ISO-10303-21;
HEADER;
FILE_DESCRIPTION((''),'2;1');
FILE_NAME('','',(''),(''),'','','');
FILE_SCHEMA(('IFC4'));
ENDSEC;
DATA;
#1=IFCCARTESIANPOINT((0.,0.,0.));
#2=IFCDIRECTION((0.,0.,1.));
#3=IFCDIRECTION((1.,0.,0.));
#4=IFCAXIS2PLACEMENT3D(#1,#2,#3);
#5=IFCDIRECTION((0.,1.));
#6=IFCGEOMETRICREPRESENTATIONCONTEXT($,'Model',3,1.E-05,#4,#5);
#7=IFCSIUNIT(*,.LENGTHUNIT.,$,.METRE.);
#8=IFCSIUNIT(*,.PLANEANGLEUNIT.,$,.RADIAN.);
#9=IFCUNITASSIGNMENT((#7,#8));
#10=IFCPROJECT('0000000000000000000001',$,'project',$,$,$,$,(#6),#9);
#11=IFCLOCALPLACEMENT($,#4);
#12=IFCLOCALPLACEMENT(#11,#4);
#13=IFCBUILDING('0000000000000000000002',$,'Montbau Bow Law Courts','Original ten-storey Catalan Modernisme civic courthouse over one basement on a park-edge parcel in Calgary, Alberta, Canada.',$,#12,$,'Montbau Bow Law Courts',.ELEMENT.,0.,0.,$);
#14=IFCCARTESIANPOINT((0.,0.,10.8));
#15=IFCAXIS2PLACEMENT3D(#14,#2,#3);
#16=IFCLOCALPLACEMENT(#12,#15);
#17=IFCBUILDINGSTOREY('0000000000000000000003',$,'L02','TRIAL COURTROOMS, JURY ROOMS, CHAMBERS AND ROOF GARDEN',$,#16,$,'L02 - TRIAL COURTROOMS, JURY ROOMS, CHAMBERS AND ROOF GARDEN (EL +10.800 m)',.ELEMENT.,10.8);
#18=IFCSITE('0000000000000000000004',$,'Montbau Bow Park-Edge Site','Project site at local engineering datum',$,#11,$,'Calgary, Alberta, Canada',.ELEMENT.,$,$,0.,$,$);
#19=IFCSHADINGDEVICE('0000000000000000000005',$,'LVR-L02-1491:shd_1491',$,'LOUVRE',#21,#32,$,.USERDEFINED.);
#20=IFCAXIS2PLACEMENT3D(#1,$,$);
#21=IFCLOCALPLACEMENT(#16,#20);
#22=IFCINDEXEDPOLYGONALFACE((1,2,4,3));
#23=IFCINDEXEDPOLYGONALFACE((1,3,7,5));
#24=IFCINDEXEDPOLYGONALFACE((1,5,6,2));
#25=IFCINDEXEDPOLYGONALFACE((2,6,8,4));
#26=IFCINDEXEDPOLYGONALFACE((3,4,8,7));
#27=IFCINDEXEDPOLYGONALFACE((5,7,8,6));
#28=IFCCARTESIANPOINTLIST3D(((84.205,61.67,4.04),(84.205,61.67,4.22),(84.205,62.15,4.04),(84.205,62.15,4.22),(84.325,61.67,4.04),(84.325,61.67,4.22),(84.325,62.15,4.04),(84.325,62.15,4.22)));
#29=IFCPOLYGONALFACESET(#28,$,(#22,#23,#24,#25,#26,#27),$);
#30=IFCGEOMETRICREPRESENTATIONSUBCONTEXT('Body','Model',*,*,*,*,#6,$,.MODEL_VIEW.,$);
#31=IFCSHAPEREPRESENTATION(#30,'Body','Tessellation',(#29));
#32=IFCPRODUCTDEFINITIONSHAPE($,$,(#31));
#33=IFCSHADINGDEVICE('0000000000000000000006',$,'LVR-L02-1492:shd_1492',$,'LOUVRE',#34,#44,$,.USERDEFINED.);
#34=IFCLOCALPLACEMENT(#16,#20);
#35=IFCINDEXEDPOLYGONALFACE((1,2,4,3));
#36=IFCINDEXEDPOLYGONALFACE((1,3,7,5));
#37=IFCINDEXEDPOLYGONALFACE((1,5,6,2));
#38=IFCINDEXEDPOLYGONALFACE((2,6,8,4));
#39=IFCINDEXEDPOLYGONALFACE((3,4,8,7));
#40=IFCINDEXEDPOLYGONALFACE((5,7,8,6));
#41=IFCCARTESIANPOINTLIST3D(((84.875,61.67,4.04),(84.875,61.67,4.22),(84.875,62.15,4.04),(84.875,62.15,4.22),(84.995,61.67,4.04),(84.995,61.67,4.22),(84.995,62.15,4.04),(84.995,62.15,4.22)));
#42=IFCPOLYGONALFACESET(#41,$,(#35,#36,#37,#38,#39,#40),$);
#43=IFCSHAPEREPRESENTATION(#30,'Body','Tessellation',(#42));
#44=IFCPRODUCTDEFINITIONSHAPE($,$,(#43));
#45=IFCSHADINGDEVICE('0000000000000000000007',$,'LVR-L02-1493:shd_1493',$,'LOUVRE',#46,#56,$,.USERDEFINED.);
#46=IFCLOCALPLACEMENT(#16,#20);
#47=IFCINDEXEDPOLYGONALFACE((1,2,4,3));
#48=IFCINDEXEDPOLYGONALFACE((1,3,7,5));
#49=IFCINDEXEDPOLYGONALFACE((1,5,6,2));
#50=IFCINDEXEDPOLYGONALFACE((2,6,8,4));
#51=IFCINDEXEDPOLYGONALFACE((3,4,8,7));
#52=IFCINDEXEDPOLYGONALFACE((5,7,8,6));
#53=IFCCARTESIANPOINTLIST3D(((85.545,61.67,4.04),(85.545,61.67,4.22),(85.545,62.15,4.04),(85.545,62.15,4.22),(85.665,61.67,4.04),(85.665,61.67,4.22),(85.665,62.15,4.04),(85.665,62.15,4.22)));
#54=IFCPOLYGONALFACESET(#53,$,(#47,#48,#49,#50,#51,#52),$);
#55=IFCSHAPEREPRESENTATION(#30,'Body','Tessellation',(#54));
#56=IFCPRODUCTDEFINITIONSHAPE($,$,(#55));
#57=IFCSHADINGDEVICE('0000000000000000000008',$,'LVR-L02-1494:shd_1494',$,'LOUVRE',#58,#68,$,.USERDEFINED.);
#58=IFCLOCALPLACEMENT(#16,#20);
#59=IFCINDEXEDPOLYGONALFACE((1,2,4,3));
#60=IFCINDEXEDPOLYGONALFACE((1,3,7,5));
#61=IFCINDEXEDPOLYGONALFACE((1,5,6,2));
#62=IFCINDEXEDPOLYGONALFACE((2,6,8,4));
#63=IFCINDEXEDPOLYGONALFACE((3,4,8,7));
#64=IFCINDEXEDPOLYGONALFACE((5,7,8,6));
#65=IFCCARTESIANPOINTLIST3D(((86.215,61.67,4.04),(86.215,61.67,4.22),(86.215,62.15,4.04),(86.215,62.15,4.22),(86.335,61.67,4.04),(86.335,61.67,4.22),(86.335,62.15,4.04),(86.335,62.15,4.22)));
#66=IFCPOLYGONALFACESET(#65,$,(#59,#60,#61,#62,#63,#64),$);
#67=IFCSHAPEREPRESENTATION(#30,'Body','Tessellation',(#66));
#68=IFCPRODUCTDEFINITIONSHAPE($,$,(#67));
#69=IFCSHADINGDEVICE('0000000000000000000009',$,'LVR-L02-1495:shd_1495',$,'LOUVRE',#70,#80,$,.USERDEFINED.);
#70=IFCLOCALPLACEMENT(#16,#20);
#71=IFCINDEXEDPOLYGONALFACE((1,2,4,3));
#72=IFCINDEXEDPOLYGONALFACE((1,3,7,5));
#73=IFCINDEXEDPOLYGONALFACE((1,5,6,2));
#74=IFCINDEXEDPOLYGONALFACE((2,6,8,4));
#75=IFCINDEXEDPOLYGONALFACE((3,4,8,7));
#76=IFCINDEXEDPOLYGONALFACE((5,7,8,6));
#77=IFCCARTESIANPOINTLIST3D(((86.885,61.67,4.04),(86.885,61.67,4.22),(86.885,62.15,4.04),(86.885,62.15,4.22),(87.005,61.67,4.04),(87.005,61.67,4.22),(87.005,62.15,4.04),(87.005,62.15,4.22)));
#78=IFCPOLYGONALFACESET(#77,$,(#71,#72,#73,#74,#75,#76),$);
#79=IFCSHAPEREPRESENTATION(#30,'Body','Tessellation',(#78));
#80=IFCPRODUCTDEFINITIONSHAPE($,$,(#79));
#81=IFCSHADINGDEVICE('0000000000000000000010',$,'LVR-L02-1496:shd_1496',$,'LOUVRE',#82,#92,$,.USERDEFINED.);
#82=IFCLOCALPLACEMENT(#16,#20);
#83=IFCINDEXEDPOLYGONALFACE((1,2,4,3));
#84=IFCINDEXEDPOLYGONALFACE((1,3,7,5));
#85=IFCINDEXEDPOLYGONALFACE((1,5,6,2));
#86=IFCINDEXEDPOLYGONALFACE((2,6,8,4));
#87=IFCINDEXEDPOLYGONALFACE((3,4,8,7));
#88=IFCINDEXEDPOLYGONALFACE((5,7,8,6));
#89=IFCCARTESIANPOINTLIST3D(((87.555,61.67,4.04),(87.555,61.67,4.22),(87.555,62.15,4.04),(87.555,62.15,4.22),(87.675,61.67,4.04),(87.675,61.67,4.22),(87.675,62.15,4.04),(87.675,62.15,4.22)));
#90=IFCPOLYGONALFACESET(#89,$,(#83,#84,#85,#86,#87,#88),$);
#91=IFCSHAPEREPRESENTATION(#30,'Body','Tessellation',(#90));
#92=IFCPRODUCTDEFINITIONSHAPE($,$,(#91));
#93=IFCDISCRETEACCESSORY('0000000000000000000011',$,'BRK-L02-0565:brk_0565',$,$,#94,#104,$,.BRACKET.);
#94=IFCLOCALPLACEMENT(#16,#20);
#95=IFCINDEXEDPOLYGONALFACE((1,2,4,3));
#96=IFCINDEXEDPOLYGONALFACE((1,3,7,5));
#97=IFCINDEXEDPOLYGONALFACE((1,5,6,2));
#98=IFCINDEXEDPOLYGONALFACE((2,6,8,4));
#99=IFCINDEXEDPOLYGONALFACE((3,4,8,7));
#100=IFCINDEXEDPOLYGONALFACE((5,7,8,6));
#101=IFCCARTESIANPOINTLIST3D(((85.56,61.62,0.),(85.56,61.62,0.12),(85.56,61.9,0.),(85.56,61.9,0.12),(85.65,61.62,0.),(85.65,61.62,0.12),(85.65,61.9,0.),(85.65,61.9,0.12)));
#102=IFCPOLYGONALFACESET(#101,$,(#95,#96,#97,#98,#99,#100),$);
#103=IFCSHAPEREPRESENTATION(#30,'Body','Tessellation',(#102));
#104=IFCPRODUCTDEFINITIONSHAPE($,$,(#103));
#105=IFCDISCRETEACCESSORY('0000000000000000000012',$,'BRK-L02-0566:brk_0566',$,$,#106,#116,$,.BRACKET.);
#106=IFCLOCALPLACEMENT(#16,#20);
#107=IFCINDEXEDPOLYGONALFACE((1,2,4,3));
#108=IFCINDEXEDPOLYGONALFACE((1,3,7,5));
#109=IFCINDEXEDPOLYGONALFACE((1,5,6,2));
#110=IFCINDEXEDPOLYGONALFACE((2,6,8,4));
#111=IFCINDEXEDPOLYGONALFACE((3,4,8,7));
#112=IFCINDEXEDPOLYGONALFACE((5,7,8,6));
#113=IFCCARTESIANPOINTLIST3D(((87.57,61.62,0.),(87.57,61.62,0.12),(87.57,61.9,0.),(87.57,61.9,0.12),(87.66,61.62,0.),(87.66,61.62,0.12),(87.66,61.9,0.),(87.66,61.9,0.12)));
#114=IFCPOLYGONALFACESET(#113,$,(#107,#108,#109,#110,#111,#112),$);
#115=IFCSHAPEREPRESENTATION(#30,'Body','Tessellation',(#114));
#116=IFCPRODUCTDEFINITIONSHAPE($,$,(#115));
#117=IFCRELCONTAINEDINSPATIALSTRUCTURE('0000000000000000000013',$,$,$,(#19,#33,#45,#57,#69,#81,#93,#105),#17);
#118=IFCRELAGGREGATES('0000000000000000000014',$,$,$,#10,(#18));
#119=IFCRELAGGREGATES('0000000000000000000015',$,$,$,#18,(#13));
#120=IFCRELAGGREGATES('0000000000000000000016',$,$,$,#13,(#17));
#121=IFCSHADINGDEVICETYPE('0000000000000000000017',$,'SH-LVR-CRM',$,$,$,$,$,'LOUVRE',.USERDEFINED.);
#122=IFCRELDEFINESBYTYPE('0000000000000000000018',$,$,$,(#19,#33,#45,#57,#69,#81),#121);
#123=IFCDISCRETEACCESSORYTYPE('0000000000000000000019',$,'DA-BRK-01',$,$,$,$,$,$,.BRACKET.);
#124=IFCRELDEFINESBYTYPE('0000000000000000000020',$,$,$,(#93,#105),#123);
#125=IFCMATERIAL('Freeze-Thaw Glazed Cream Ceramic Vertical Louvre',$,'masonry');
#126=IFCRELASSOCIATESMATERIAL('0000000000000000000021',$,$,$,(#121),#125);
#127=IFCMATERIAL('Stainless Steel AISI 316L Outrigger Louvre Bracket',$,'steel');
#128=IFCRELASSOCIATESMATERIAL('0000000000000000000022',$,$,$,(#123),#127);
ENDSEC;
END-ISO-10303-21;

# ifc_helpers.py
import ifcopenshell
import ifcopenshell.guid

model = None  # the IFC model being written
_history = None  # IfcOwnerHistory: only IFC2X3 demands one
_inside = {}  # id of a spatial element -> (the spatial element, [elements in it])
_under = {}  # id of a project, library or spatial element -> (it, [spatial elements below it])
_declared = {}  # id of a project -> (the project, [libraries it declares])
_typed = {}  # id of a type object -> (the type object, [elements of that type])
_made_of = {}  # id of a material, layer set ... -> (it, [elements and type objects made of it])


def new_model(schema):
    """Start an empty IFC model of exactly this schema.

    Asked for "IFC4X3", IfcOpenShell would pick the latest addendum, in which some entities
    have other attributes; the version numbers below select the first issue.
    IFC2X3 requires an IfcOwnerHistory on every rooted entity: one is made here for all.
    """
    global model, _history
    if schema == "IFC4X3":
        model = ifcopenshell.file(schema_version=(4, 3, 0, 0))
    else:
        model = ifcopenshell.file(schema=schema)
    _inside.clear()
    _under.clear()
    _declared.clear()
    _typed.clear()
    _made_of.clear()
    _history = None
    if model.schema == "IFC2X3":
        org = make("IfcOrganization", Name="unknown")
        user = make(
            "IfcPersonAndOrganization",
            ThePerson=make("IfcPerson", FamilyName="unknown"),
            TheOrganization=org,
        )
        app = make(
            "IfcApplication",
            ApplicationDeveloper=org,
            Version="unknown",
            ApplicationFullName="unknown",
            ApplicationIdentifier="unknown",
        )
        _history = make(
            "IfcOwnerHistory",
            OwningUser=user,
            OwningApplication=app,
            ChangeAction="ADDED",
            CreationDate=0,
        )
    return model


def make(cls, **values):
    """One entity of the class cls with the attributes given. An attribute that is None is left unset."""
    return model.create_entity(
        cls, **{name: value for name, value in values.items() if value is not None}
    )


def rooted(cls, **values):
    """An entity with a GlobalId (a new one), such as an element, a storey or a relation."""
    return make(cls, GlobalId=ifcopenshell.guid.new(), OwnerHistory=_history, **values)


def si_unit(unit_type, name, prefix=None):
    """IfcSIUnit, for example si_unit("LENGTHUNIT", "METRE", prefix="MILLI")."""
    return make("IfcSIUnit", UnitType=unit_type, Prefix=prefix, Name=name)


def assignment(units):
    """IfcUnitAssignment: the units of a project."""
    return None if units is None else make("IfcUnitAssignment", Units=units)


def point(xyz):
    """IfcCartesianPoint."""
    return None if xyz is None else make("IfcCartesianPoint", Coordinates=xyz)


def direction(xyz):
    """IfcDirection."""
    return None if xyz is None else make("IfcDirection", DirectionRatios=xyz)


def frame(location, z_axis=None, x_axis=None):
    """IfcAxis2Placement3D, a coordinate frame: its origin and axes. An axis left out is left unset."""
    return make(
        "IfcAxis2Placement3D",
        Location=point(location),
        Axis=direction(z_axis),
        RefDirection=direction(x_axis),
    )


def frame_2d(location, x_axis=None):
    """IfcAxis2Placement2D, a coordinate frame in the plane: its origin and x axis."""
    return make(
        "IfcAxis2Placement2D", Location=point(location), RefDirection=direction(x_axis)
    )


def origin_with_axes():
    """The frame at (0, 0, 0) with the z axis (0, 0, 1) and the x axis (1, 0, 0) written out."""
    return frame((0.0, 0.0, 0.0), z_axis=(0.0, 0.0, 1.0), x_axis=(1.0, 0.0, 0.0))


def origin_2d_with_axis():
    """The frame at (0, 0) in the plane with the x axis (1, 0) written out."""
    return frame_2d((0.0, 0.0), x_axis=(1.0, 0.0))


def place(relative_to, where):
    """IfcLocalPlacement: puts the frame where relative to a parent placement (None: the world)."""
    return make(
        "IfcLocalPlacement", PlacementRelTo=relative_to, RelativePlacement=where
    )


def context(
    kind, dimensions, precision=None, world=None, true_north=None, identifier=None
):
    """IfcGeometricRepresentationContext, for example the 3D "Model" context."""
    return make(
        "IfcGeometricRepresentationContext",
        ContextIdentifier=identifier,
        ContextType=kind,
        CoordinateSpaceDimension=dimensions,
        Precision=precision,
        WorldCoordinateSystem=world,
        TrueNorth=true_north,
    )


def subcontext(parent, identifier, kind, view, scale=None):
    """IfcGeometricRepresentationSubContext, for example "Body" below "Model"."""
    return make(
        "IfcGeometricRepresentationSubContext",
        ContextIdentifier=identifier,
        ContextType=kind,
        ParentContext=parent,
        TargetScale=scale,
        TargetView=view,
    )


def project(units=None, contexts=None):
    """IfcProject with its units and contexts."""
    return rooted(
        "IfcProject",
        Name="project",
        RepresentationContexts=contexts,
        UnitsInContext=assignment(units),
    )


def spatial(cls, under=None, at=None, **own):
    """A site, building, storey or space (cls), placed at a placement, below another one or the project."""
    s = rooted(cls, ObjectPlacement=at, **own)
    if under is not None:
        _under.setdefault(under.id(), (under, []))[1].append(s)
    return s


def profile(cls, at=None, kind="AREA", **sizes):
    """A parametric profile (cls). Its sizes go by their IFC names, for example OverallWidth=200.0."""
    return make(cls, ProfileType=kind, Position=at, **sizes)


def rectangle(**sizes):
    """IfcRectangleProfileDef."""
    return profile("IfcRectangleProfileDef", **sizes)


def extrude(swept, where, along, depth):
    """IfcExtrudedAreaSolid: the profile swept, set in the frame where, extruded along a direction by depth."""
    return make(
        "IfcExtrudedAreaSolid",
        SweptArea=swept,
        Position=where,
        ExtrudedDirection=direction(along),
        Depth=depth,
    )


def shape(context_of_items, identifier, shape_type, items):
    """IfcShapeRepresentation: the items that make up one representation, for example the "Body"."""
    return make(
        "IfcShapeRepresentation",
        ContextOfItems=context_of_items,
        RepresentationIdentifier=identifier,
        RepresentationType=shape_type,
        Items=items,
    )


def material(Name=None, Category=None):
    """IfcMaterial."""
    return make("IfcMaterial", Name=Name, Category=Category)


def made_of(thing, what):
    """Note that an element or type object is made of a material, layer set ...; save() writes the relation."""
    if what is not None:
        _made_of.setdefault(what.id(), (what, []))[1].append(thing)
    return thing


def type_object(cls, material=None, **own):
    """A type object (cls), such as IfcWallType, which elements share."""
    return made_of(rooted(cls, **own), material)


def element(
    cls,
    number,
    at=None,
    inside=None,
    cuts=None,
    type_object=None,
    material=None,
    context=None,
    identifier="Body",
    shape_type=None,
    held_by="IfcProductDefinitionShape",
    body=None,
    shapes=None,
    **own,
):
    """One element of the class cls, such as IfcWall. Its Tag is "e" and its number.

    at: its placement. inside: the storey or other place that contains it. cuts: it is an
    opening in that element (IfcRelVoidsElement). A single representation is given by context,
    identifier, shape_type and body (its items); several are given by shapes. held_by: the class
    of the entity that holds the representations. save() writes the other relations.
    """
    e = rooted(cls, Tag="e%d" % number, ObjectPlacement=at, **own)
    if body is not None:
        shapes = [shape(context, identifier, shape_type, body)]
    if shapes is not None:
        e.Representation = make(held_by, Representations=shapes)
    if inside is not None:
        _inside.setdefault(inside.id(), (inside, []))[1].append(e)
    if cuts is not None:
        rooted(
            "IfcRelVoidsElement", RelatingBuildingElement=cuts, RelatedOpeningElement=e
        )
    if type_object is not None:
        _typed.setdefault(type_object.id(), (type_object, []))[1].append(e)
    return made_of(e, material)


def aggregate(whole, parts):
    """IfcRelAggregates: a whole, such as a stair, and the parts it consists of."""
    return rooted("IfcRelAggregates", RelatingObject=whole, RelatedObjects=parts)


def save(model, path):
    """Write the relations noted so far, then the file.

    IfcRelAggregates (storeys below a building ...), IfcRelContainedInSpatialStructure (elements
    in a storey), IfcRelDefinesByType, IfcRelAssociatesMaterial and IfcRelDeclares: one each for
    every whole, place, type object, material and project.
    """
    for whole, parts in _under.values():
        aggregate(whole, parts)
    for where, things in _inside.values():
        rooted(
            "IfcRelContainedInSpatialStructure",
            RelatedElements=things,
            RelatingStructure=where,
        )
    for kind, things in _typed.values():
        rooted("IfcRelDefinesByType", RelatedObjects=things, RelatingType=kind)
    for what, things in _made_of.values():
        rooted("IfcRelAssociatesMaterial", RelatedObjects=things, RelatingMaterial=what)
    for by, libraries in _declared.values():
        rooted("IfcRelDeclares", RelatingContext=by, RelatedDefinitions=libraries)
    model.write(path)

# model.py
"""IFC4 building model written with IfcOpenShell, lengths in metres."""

from ifc_helpers import new_model, si_unit, direction, frame, origin_with_axes, origin_2d_with_axis, place, context, subcontext, project, spatial, rectangle, extrude, material, type_object, element, save


model = new_model("IFC4")

# Units and contexts
model_context = context("Model", 3, precision=1e-05, world=origin_with_axes(), true_north=direction((0.0, 1.0)))
body_context = subcontext(model_context, "Body", "Model", "MODEL_VIEW")
ifc_project = project(units=[si_unit("LENGTHUNIT", "METRE"), si_unit("PLANEANGLEUNIT", "RADIAN")], contexts=[model_context])

# Site, building, storey
site_placement = place(None, origin_with_axes())
site = spatial("IfcSite", under=ifc_project, at=site_placement, Name="Montbau Bow Park-Edge Site", Description="Project site at local engineering datum", LongName="Calgary, Alberta, Canada", CompositionType="ELEMENT", RefElevation=0.0)
building_placement = place(site_placement, origin_with_axes())
building = spatial("IfcBuilding", under=site, at=building_placement, Name="Montbau Bow Law Courts", Description="Original ten-storey Catalan Modernisme civic courthouse over one basement on a park-edge parcel in Calgary, Alberta, Canada.", LongName="Montbau Bow Law Courts", CompositionType="ELEMENT", ElevationOfRefHeight=0.0, ElevationOfTerrain=0.0)
storey_placement = place(building_placement, frame((0.0, 0.0, 10.8), z_axis=(0.0, 0.0, 1.0), x_axis=(1.0, 0.0, 0.0)))
storey = spatial("IfcBuildingStorey", under=building, at=storey_placement, Name="L02", Description="TRIAL COURTROOMS, JURY ROOMS, CHAMBERS AND ROOF GARDEN", LongName="L02 - TRIAL COURTROOMS, JURY ROOMS, CHAMBERS AND ROOF GARDEN (EL +10.800 m)", CompositionType="ELEMENT", Elevation=10.8)

# Shading devices
ifc_material_1 = material(Name="Freeze-Thaw Glazed Cream Ceramic Vertical Louvre", Category="masonry")
shading_device_type = type_object("IfcShadingDeviceType", Name="SH-LVR-CRM", ElementType="LOUVRE", PredefinedType="USERDEFINED", material=ifc_material_1)
for number, where, z_axis, x_axis, name in (
    (1, (84.265, 61.91, 14.84), (0.0, 0.0, 1.0), (0.0, 1.0, 0.0), "LVR-L02-1491:shd_1491"),
    (2, (84.935, 61.91, 14.84), (0.0, 0.0, 1.0), (0.0, 1.0, 0.0), "LVR-L02-1492:shd_1492"),
    (3, (85.605, 61.91, 14.84), (0.0, 0.0, 1.0), (0.0, 1.0, 0.0), "LVR-L02-1493:shd_1493"),
    (4, (86.275, 61.91, 14.84), (0.0, 0.0, 1.0), (0.0, 1.0, 0.0), "LVR-L02-1494:shd_1494"),
    (5, (86.945, 61.91, 14.84), (0.0, 0.0, 1.0), (0.0, 1.0, 0.0), "LVR-L02-1495:shd_1495"),
    (6, (87.615, 61.91, 14.84), (0.0, 0.0, 1.0), (0.0, 1.0, 0.0), "LVR-L02-1496:shd_1496"),
):
    element("IfcShadingDevice", number, at=place(None, frame(where, z_axis=z_axis, x_axis=x_axis)), inside=storey, type_object=shading_device_type, Name=name, ObjectType="LOUVRE", PredefinedType="USERDEFINED", context=body_context, shape_type="SweptSolid", body=[
        extrude(rectangle(XDim=0.48, YDim=0.12, at=origin_2d_with_axis()), origin_with_axes(), (0.0, 0.0, 1.0), 0.18),
    ])

# Discrete accessories
ifc_material_2 = material(Name="Stainless Steel AISI 316L Outrigger Louvre Bracket", Category="steel")
discrete_accessory_type = type_object("IfcDiscreteAccessoryType", Name="DA-BRK-01", PredefinedType="BRACKET", material=ifc_material_2)
for number, where, z_axis, x_axis, name in (
    (7, (85.605, 61.76, 10.8), (0.0, 0.0, 1.0), (0.0, 1.0, 0.0), "BRK-L02-0565:brk_0565"),
    (8, (87.615, 61.76, 10.8), (0.0, 0.0, 1.0), (0.0, 1.0, 0.0), "BRK-L02-0566:brk_0566"),
):
    element("IfcDiscreteAccessory", number, at=place(None, frame(where, z_axis=z_axis, x_axis=x_axis)), inside=storey, type_object=discrete_accessory_type, Name=name, PredefinedType="BRACKET", context=body_context, shape_type="SweptSolid", body=[
        extrude(rectangle(XDim=0.28, YDim=0.09, at=origin_2d_with_axis()), origin_with_axes(), (0.0, 0.0, 1.0), 0.12),
    ])

save(model, "model.ifc")
